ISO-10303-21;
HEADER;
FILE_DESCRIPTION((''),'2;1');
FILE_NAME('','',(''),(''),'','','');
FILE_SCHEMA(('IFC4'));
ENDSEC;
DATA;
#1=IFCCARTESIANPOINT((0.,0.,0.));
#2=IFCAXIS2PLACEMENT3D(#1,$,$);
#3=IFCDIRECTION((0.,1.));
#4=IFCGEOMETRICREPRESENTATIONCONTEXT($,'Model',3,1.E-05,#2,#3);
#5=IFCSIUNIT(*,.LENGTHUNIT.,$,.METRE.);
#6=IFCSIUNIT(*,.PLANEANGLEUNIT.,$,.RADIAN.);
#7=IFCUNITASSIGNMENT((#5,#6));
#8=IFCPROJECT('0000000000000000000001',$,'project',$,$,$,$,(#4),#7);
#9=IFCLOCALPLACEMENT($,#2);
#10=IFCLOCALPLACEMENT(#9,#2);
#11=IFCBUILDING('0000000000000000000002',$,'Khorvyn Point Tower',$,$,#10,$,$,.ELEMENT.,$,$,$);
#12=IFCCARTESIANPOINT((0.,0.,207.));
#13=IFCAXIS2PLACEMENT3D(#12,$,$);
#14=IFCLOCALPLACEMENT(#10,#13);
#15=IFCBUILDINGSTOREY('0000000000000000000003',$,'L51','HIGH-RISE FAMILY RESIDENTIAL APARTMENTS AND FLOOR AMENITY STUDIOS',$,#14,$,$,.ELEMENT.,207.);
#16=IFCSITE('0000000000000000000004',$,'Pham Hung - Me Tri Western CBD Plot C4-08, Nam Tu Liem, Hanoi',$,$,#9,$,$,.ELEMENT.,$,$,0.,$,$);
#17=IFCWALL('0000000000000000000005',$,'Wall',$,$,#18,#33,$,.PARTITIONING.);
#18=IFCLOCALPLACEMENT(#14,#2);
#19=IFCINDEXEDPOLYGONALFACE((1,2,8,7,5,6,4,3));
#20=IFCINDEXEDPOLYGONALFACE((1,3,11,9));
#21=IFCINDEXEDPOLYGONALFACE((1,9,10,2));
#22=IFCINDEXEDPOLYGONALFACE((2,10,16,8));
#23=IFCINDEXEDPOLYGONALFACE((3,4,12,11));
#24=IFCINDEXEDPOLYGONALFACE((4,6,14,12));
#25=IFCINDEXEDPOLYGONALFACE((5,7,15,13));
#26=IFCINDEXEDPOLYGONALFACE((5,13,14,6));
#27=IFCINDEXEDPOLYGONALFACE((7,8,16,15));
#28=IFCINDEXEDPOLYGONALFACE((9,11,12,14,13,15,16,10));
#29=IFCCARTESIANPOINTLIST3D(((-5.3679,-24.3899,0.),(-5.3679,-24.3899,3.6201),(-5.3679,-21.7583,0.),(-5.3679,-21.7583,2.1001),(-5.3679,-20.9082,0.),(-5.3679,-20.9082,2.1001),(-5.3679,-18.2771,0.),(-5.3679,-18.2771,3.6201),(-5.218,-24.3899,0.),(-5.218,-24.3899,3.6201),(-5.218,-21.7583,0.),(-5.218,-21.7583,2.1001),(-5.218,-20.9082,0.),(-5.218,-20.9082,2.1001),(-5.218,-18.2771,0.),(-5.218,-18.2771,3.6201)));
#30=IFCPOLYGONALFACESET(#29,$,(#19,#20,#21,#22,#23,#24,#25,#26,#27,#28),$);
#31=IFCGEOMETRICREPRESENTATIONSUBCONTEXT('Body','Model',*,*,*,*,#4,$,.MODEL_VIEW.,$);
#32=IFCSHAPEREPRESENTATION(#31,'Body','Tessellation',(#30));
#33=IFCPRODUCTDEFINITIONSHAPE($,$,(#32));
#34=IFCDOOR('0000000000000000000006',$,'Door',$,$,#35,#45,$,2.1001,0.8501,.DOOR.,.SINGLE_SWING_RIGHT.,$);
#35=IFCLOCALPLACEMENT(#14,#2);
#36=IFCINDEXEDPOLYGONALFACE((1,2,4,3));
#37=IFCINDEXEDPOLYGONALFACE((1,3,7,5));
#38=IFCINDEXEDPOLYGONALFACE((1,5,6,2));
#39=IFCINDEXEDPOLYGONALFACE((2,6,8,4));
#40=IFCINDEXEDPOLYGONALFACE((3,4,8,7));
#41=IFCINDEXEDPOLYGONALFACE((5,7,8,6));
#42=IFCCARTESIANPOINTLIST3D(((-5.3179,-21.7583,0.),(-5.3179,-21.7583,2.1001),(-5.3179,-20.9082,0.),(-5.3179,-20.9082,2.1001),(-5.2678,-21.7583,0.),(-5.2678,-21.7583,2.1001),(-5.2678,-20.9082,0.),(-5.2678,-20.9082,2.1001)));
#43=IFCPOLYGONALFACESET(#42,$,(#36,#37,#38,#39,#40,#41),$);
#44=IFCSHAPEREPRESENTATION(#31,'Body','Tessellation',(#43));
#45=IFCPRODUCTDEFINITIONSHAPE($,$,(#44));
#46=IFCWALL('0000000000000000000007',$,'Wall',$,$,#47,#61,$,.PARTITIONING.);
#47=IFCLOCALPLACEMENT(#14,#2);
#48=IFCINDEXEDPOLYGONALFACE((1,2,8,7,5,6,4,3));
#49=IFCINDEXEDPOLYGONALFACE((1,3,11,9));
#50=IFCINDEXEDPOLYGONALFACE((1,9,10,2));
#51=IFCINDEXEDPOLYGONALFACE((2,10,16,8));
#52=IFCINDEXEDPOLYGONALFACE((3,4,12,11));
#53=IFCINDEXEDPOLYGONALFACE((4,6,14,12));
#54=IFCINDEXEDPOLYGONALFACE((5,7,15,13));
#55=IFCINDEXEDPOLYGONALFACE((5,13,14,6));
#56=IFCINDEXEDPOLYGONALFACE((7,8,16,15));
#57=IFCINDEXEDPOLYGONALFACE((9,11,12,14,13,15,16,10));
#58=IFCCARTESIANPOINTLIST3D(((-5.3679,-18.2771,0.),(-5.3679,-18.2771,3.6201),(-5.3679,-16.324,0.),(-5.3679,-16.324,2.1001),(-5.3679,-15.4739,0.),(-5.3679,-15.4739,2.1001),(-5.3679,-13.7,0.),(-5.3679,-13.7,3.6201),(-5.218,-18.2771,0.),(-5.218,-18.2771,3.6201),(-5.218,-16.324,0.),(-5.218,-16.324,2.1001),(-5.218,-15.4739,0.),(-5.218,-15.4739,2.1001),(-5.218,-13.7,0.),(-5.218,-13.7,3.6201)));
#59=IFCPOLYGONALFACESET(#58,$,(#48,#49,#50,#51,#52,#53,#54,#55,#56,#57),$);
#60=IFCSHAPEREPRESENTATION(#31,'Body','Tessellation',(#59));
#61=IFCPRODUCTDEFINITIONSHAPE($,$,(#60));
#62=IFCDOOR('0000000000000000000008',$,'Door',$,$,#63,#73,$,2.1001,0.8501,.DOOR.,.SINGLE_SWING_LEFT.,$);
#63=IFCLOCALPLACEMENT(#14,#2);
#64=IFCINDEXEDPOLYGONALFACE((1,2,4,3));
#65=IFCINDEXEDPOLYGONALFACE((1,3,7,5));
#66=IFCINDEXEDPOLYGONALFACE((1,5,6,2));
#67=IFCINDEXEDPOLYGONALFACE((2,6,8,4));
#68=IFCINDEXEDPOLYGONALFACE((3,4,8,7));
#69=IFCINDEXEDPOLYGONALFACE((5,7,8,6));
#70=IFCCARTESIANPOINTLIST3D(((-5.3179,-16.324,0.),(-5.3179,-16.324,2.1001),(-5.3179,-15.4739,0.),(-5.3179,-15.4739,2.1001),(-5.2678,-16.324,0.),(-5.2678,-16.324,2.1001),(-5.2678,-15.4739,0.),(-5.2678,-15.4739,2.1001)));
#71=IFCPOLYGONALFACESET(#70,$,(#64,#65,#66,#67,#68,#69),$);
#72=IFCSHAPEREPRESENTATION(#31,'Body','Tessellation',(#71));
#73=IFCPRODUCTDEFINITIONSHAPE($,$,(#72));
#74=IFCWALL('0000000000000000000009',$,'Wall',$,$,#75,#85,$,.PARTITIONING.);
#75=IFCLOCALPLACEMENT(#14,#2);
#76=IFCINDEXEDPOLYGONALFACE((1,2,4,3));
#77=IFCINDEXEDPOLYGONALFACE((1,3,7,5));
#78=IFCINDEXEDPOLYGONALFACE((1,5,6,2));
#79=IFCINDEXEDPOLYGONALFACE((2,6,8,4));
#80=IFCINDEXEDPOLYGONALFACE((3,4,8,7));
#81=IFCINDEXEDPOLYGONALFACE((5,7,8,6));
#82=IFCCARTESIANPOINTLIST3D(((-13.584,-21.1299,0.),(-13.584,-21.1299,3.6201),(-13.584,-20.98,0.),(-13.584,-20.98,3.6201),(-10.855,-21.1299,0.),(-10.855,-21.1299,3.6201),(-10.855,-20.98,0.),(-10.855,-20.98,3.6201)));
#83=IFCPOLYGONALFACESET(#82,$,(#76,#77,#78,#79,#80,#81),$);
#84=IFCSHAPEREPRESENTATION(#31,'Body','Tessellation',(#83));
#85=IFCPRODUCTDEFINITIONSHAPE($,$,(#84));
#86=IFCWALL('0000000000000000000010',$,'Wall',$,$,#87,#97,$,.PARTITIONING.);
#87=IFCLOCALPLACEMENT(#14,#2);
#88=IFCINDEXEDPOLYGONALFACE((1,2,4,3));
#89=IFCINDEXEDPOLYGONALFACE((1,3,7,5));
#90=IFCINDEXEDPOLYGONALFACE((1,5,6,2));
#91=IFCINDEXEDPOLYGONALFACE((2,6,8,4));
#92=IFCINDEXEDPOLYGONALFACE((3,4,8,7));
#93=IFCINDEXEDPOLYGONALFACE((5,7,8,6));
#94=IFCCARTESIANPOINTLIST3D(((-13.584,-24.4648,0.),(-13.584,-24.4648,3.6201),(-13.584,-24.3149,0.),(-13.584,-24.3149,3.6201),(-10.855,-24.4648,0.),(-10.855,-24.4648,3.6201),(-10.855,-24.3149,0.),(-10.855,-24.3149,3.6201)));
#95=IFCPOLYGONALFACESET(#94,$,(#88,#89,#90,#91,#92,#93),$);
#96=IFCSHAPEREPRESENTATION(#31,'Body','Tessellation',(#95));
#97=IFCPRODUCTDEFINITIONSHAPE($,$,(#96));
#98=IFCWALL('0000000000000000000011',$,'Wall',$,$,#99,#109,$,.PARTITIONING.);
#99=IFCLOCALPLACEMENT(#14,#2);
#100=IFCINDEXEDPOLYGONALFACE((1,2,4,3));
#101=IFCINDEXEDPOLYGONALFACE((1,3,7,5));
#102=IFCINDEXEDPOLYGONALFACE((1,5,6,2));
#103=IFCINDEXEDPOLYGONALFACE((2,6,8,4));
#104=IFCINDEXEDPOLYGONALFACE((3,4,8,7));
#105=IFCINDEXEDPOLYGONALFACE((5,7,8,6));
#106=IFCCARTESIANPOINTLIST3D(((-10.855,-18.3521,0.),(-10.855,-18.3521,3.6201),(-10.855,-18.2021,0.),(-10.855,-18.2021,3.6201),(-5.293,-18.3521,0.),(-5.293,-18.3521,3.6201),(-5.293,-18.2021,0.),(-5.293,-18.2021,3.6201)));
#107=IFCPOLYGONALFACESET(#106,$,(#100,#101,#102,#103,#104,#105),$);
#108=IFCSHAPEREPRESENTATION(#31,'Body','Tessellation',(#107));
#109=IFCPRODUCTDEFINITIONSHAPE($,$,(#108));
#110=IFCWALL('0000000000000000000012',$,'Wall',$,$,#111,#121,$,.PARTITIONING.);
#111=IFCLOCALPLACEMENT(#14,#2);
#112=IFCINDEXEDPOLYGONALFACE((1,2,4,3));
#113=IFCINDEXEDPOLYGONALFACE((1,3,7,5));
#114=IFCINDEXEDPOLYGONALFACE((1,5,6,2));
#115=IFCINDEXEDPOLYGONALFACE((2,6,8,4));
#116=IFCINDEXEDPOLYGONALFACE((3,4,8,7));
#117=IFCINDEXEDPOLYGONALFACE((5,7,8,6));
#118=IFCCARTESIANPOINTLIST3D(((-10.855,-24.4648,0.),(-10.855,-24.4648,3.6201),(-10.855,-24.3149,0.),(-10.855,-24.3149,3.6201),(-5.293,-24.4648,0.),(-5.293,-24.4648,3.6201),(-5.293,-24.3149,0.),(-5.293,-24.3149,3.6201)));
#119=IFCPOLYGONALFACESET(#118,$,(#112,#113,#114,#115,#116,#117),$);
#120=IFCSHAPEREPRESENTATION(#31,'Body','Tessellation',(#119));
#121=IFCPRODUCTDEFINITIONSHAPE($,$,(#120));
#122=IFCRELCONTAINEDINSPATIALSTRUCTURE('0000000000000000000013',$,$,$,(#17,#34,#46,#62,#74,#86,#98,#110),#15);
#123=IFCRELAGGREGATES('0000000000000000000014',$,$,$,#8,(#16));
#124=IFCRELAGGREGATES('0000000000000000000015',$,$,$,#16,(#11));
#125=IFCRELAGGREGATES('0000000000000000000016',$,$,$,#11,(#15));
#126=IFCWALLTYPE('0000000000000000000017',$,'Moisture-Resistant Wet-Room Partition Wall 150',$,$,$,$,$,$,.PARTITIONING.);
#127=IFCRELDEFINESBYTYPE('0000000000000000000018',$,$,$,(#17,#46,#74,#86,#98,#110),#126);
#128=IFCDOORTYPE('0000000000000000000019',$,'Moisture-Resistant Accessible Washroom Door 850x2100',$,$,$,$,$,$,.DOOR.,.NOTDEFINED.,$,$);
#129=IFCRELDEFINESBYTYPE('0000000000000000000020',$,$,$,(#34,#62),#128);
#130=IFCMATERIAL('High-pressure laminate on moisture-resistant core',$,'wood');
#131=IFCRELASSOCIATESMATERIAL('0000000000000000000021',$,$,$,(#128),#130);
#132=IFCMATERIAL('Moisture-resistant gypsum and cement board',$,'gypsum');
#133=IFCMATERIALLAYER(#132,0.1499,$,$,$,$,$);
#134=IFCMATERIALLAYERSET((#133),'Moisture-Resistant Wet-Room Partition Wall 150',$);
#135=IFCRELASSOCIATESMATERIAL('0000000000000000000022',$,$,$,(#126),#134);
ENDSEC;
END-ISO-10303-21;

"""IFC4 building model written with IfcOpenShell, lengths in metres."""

from ifc_helpers import new_model, si_unit, direction, frame, frame_2d, origin, place, context, subcontext, project, spatial, rectangle, extrude, material, layer, layer_set, type_object, element, fill, save


model = new_model("IFC4")

# Units and contexts
model_context = context("Model", 3, precision=1e-05, world=origin(), true_north=direction((0.0, 1.0)))
body_context = subcontext(model_context, "Body", "Model", "MODEL_VIEW")
ifc_project = project(units=[si_unit("LENGTHUNIT", "METRE"), si_unit("PLANEANGLEUNIT", "RADIAN")], contexts=[model_context])

# Site, building, storey
site_placement = place(None, origin())
site = spatial("IfcSite", under=ifc_project, at=site_placement, Name="Pham Hung - Me Tri Western CBD Plot C4-08, Nam Tu Liem, Hanoi", CompositionType="ELEMENT", RefElevation=0.0)
building_placement = place(site_placement, origin())
building = spatial("IfcBuilding", under=site, at=building_placement, Name="Khorvyn Point Tower", CompositionType="ELEMENT")
storey_placement = place(building_placement, frame((0.0, 0.0, 207.0)))
storey = spatial("IfcBuildingStorey", under=building, at=storey_placement, Name="L51", Description="HIGH-RISE FAMILY RESIDENTIAL APARTMENTS AND FLOOR AMENITY STUDIOS", CompositionType="ELEMENT", Elevation=207.0)

# Walls, openings, doors
ifc_material_1 = material(Name="High-pressure laminate on moisture-resistant core", Category="wood")
door_type_1 = type_object("IfcDoorType", Name="Moisture-Resistant Accessible Washroom Door 850x2100", OperationType="NOTDEFINED", PredefinedType="DOOR", material=ifc_material_1)
ifc_material_2 = material(Name="Moisture-resistant gypsum and cement board", Category="gypsum")
ifc_layer_1 = layer(ifc_material_2, 0.1499)
ifc_layer_set_1 = layer_set([ifc_layer_1], Name="Moisture-Resistant Wet-Room Partition Wall 150")
wall_type_1 = type_object("IfcWallType", Name="Moisture-Resistant Wet-Room Partition Wall 150", PredefinedType="PARTITIONING", material=ifc_layer_set_1)
wall_1_placement = place(storey_placement, frame((-5.293, -24.3899, 0.0), z_axis=(0.0, 0.0, 1.0), x_axis=(0.0, 1.0, 0.0)))
wall_1 = element("IfcWall", 1, at=wall_1_placement, inside=storey, type_object=wall_type_1, Name="Wall", PredefinedType="PARTITIONING", context=body_context, shape_type="SweptSolid", body=[
    extrude(rectangle(XDim=6.1128, YDim=0.1499, at=frame_2d((3.0564, 0.0))), origin(), (0.0, 0.0, 1.0), 3.6201),
])
opening_1_placement = place(wall_1_placement, frame((2.6316, 0.0, 0.0)))
opening_1 = element("IfcOpeningElement", 2, at=opening_1_placement, cuts=wall_1, PredefinedType="OPENING", context=body_context, shape_type="SweptSolid", body=[
    extrude(rectangle(XDim=0.8501, YDim=2.1001, at=frame_2d((0.425, 1.05))), frame((0.0, 0.085, 0.0), z_axis=(0.0, -1.0, 0.0), x_axis=(1.0, 0.0, 0.0)), (0.0, 0.0, 1.0), 0.1699),
])
door_1_placement = place(opening_1_placement, origin())
door_1 = element("IfcDoor", 3, at=door_1_placement, inside=storey, type_object=door_type_1, Name="Door", OperationType="SINGLE_SWING_RIGHT", OverallHeight=2.1001, OverallWidth=0.8501, PredefinedType="DOOR", context=body_context, shape_type="SweptSolid", body=[
    extrude(rectangle(XDim=0.8501, YDim=2.1001, at=frame_2d((0.425, 1.05))), frame((0.0, 0.0249, 0.0), z_axis=(0.0, -1.0, 0.0), x_axis=(1.0, 0.0, 0.0)), (0.0, 0.0, 1.0), 0.05),
])
fill(opening_1, door_1)
wall_2_placement = place(storey_placement, frame((-5.293, -18.2771, 0.0), z_axis=(0.0, 0.0, 1.0), x_axis=(0.0, 1.0, 0.0)))
wall_2 = element("IfcWall", 4, at=wall_2_placement, inside=storey, type_object=wall_type_1, Name="Wall", PredefinedType="PARTITIONING", context=body_context, shape_type="SweptSolid", body=[
    extrude(rectangle(XDim=4.5771, YDim=0.1499, at=frame_2d((2.2886, 0.0))), origin(), (0.0, 0.0, 1.0), 3.6201),
])
opening_2_placement = place(wall_2_placement, frame((1.9531, 0.0, 0.0)))
opening_2 = element("IfcOpeningElement", 5, at=opening_2_placement, cuts=wall_2, PredefinedType="OPENING", context=body_context, shape_type="SweptSolid", body=[
    extrude(rectangle(XDim=0.8501, YDim=2.1001, at=frame_2d((0.425, 1.05))), frame((0.0, 0.085, 0.0), z_axis=(0.0, -1.0, 0.0), x_axis=(1.0, 0.0, 0.0)), (0.0, 0.0, 1.0), 0.1699),
])
door_2_placement = place(opening_2_placement, origin())
door_2 = element("IfcDoor", 6, at=door_2_placement, inside=storey, type_object=door_type_1, Name="Door", OperationType="SINGLE_SWING_LEFT", OverallHeight=2.1001, OverallWidth=0.8501, PredefinedType="DOOR", context=body_context, shape_type="SweptSolid", body=[
    extrude(rectangle(XDim=0.8501, YDim=2.1001, at=frame_2d((0.425, 1.05))), frame((0.0, 0.0249, 0.0), z_axis=(0.0, -1.0, 0.0), x_axis=(1.0, 0.0, 0.0)), (0.0, 0.0, 1.0), 0.05),
])
fill(opening_2, door_2)

# Walls
for number, where, z_axis, x_axis, name in (
    (7, (-13.584, -21.0549, 0.0), (0.0, 0.0, 1.0), (1.0, 0.0, 0.0), "Wall"),
    (8, (-13.584, -24.3899, 0.0), (0.0, 0.0, 1.0), (1.0, 0.0, 0.0), "Wall"),
):
    element("IfcWall", number, at=place(storey_placement, frame(where, z_axis=z_axis, x_axis=x_axis)), inside=storey, type_object=wall_type_1, Name=name, PredefinedType="PARTITIONING", context=body_context, shape_type="SweptSolid", body=[
        extrude(rectangle(XDim=2.729, YDim=0.1499, at=frame_2d((1.3645, 0.0))), origin(), (0.0, 0.0, 1.0), 3.6201),
    ])
for number, where, z_axis, x_axis, name in (
    (9, (-10.855, -18.2771, 0.0), (0.0, 0.0, 1.0), (1.0, 0.0, 0.0), "Wall"),
    (10, (-10.855, -24.3899, 0.0), (0.0, 0.0, 1.0), (1.0, 0.0, 0.0), "Wall"),
):
    element("IfcWall", number, at=place(storey_placement, frame(where, z_axis=z_axis, x_axis=x_axis)), inside=storey, type_object=wall_type_1, Name=name, PredefinedType="PARTITIONING", context=body_context, shape_type="SweptSolid", body=[
        extrude(rectangle(XDim=5.562, YDim=0.1499, at=frame_2d((2.781, 0.0))), origin(), (0.0, 0.0, 1.0), 3.6201),
    ])

save(model, "model.ifc")
